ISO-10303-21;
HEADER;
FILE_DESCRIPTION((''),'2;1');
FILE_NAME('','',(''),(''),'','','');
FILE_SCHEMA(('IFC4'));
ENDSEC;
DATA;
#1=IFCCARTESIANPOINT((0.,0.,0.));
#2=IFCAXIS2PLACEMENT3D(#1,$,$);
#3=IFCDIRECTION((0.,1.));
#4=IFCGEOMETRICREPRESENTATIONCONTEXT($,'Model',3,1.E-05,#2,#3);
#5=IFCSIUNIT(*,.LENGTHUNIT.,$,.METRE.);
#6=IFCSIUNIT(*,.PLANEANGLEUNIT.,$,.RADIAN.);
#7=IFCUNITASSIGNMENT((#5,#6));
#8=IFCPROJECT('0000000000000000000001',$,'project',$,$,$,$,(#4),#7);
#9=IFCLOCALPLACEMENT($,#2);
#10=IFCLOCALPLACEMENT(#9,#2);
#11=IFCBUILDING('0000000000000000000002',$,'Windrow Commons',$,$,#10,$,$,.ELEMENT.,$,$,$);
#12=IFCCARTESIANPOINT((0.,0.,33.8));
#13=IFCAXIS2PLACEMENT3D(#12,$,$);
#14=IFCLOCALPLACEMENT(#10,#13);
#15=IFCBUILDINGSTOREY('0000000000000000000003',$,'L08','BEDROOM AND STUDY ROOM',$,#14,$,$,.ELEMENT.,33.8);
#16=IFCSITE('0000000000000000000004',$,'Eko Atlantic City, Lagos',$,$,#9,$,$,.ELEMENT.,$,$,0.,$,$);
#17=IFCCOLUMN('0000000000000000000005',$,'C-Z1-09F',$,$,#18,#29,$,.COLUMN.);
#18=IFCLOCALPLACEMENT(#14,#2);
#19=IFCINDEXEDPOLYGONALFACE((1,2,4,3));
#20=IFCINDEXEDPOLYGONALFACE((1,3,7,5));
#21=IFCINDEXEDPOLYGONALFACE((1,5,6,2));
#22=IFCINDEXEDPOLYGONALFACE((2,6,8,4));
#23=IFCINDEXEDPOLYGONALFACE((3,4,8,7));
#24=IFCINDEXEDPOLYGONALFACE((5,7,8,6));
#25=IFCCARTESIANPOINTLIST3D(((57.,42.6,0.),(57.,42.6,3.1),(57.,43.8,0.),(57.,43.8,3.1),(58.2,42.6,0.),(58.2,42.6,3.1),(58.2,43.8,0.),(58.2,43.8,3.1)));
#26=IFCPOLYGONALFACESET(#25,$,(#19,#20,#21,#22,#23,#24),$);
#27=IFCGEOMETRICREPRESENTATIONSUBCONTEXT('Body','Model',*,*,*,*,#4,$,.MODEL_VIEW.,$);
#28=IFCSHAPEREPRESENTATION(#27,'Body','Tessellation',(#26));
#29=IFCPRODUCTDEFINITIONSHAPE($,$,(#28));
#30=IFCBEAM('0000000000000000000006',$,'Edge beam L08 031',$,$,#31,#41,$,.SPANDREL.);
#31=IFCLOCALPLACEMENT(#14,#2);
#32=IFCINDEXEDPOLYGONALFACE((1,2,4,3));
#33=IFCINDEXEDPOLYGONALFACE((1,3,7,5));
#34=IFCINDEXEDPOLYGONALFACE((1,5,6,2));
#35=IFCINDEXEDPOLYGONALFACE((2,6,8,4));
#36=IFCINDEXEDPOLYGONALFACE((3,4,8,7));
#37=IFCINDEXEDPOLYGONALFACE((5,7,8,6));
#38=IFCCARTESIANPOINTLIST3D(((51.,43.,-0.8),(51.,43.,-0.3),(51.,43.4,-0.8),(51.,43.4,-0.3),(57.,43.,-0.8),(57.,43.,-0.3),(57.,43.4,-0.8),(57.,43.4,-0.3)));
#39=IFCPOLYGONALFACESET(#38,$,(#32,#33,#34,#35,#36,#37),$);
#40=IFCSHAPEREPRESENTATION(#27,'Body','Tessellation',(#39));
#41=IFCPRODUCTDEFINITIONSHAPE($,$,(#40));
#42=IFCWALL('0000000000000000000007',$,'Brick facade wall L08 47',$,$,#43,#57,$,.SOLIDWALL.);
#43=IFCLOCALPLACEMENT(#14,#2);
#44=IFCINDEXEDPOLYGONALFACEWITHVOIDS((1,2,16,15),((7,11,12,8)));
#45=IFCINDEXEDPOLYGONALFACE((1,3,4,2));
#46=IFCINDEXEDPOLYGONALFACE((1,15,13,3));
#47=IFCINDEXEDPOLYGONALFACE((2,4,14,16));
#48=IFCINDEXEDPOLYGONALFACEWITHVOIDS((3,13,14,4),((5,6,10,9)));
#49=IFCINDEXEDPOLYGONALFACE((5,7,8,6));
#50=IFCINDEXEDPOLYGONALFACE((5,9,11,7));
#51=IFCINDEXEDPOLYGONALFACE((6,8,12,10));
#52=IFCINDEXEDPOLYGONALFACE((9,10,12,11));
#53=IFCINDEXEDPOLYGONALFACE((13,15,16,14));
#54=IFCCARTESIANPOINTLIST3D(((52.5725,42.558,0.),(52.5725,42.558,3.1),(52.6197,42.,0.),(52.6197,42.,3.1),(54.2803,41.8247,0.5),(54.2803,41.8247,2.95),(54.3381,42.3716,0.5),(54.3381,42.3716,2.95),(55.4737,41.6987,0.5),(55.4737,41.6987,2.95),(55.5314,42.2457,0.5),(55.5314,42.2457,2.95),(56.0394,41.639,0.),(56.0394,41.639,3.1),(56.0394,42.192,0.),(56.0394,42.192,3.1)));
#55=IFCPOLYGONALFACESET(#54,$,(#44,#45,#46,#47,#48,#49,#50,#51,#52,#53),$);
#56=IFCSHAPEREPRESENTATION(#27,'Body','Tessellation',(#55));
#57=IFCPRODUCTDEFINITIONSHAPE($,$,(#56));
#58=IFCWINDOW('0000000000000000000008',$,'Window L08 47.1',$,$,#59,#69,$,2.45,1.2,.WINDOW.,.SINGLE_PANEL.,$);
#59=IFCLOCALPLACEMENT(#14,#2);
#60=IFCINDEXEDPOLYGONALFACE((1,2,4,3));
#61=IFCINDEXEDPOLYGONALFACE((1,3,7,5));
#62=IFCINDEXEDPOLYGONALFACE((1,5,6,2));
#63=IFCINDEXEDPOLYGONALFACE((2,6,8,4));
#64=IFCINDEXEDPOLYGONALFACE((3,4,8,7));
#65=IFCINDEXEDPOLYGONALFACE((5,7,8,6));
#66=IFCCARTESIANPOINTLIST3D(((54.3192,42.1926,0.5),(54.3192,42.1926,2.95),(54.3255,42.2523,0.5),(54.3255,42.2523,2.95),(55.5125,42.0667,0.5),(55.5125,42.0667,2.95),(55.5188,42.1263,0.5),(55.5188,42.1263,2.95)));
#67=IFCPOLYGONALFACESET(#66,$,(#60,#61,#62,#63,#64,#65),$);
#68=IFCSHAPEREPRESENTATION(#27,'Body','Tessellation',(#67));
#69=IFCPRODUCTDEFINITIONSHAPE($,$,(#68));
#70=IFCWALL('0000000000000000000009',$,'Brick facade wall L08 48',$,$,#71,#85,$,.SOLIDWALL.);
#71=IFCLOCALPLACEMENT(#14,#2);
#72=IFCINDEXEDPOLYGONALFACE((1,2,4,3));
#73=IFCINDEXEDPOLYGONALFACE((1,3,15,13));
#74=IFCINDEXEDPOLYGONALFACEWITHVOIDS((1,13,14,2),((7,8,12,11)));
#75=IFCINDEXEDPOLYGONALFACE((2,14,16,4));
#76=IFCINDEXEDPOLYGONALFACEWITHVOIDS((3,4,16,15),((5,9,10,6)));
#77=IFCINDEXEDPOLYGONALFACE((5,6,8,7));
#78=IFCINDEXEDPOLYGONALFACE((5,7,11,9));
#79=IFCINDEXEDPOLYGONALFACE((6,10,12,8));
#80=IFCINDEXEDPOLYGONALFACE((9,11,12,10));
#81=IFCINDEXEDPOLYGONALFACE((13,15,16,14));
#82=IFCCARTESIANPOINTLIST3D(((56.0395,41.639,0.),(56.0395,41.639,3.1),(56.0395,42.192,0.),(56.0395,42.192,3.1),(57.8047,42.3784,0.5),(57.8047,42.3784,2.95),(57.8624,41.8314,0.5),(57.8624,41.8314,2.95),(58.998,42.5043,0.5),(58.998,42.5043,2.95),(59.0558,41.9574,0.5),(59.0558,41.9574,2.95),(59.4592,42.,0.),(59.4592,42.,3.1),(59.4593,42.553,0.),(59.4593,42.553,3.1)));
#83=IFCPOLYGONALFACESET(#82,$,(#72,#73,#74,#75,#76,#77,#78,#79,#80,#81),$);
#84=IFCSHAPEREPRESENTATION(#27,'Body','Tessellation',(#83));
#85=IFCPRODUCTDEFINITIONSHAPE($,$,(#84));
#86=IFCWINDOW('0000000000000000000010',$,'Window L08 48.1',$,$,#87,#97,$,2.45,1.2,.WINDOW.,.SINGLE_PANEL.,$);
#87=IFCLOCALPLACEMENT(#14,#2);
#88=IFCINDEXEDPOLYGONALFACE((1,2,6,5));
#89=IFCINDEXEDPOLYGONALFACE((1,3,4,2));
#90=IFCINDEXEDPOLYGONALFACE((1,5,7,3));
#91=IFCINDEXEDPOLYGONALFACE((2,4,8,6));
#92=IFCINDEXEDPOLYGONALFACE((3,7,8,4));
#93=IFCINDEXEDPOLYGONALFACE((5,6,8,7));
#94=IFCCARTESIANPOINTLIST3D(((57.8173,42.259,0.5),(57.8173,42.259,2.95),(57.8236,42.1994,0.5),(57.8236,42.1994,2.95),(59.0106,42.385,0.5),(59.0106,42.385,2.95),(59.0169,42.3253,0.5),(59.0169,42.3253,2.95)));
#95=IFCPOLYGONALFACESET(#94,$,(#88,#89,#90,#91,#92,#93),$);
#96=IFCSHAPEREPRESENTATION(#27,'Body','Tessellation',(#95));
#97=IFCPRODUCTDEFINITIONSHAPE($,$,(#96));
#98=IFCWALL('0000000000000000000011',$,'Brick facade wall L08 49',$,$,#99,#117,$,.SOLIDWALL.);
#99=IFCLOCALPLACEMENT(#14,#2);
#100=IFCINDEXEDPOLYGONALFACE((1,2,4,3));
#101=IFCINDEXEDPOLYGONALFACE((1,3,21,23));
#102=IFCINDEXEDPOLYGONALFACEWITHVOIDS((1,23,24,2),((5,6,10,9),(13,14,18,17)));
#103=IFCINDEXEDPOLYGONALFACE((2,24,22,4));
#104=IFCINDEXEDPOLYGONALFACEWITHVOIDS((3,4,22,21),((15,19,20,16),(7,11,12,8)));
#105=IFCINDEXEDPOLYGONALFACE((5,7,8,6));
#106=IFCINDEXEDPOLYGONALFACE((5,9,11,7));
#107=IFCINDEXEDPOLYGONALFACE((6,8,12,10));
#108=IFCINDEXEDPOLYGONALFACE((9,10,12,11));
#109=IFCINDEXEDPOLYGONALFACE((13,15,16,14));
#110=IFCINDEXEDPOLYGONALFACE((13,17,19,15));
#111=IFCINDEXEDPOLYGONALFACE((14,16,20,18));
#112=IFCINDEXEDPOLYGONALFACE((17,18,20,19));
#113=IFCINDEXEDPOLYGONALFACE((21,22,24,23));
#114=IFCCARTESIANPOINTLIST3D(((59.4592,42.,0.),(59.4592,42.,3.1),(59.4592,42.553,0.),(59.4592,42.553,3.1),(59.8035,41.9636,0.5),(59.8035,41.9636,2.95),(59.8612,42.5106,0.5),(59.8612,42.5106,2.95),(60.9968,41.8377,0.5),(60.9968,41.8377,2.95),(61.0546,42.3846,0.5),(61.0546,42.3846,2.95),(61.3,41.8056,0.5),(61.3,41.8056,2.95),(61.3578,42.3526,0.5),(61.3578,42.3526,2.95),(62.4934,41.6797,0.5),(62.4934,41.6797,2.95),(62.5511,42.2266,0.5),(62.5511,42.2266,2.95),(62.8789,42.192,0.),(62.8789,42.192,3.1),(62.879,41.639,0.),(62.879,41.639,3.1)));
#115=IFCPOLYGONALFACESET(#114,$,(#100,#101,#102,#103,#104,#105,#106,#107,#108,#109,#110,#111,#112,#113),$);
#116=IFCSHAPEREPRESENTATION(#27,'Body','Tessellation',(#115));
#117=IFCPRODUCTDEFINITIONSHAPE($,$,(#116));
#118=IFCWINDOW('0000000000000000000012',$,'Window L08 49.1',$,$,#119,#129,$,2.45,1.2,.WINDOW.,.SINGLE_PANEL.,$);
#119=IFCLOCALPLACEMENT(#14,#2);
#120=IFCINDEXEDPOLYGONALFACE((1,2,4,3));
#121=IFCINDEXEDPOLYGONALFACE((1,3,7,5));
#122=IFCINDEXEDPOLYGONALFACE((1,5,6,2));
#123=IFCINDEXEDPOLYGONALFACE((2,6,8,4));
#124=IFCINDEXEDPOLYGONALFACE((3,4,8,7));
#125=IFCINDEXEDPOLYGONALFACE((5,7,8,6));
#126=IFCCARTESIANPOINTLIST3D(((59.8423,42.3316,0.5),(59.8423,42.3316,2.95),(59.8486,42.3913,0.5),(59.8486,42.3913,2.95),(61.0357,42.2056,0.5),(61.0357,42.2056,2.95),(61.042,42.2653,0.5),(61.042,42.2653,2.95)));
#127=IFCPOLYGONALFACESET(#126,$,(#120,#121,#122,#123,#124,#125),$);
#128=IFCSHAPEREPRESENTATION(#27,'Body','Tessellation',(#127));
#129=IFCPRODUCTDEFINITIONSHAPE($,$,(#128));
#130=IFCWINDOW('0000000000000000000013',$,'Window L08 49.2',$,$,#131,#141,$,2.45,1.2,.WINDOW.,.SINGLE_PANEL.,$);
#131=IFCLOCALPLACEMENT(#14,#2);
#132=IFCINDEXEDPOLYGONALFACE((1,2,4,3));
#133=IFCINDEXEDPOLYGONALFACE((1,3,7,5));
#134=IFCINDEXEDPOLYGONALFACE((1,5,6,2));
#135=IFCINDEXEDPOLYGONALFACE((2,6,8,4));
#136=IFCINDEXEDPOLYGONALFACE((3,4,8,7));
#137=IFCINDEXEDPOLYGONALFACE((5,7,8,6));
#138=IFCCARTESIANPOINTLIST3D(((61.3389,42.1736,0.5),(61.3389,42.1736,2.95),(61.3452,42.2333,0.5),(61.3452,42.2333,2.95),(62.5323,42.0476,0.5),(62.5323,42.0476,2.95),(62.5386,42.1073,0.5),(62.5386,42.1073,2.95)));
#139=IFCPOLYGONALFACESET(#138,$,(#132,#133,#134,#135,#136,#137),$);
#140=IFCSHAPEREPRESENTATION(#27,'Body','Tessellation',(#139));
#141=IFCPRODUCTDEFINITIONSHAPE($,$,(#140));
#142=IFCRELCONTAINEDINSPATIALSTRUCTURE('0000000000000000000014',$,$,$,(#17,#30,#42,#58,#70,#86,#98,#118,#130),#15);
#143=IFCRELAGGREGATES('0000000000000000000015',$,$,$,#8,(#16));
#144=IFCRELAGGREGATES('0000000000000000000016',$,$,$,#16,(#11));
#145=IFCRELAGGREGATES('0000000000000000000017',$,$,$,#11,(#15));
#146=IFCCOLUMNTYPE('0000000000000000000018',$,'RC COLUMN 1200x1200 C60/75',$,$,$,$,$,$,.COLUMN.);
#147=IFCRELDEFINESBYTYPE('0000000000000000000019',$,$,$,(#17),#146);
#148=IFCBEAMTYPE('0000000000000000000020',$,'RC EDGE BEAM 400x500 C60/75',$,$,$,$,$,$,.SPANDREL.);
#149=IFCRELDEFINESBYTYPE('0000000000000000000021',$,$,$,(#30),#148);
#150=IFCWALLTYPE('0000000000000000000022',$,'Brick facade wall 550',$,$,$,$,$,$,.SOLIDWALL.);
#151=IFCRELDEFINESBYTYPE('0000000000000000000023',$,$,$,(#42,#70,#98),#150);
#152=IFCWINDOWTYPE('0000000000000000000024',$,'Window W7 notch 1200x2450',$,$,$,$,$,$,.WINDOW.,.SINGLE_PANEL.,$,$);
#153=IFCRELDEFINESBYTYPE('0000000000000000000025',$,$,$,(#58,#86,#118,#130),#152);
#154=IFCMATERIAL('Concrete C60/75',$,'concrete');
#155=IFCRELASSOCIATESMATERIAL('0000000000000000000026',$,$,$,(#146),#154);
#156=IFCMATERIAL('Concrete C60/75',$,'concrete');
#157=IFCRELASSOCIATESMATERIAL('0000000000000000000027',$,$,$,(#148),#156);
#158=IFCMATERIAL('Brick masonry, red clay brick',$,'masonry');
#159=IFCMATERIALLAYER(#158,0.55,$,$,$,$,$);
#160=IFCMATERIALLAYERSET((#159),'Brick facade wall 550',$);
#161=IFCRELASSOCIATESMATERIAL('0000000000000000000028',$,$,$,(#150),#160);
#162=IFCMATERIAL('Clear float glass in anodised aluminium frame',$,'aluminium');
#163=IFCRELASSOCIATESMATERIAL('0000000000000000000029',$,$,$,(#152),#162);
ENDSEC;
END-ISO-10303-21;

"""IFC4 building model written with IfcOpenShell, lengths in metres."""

from ifc_helpers import new_model, si_unit, direction, frame, frame_2d, origin, origin_2d, place, context, subcontext, project, spatial, polyline, rectangle, outline, extrude, material, layer, layer_set, material_profile, profile_set, type_object, element, fill, save


model = new_model("IFC4")

# Units and contexts
model_context = context("Model", 3, precision=1e-05, world=origin(), true_north=direction((0.0, 1.0)))
body_context = subcontext(model_context, "Body", "Model", "MODEL_VIEW")
ifc_project = project(units=[si_unit("LENGTHUNIT", "METRE"), si_unit("PLANEANGLEUNIT", "RADIAN")], contexts=[model_context])

# Site, building, storey
site_placement = place(None, origin())
site = spatial("IfcSite", under=ifc_project, at=site_placement, Name="Eko Atlantic City, Lagos", CompositionType="ELEMENT", RefElevation=0.0)
building_placement = place(site_placement, origin())
building = spatial("IfcBuilding", under=site, at=building_placement, Name="Windrow Commons", CompositionType="ELEMENT")
storey_placement = place(building_placement, frame((0.0, 0.0, 33.8)))
storey = spatial("IfcBuildingStorey", under=building, at=storey_placement, Name="L08", Description="BEDROOM AND STUDY ROOM", CompositionType="ELEMENT", Elevation=33.8)

# Column
ifc_material_1 = material(Name="Concrete C60/75", Category="concrete")
ifc_material_profile_1 = material_profile(ifc_material_1, rectangle(XDim=1.2, YDim=1.2, at=origin_2d()))
ifc_profile_set_1 = profile_set([ifc_material_profile_1], Name="Concrete C60/75")
column_type = type_object("IfcColumnType", Name="RC COLUMN 1200x1200 C60/75", PredefinedType="COLUMN", material=ifc_profile_set_1)
column_placement = place(storey_placement, frame((57.6, 43.2, 0.0), z_axis=(0.0, 0.0, 1.0), x_axis=(1.0, 0.0, 0.0)))
element("IfcColumn", 1, at=column_placement, inside=storey, type_object=column_type, Name="C-Z1-09F", PredefinedType="COLUMN", context=body_context, shape_type="SweptSolid", body=[
    extrude(rectangle(XDim=1.2, YDim=1.2, at=origin_2d()), origin(), (0.0, 0.0, 1.0), 3.1),
])

# Beam
ifc_material_2 = material(Name="Concrete C60/75", Category="concrete")
ifc_material_profile_2 = material_profile(ifc_material_2, rectangle(XDim=0.4, YDim=0.5, at=origin_2d()))
ifc_profile_set_2 = profile_set([ifc_material_profile_2], Name="Concrete C60/75")
beam_type = type_object("IfcBeamType", Name="RC EDGE BEAM 400x500 C60/75", PredefinedType="SPANDREL", material=ifc_profile_set_2)
beam_placement = place(storey_placement, frame((57.0, 43.2, -0.55), z_axis=(-1.0, 0.0, 0.0), x_axis=(0.0, -1.0, 0.0)))
element("IfcBeam", 2, at=beam_placement, inside=storey, type_object=beam_type, Name="Edge beam L08 031", PredefinedType="SPANDREL", context=body_context, shape_type="SweptSolid", body=[
    extrude(rectangle(XDim=0.4, YDim=0.5, at=origin_2d()), origin(), (0.0, 0.0, 1.0), 6.0),
])

# Walls, openings, windows
ifc_material_3 = material(Name="Brick masonry, red clay brick", Category="masonry")
ifc_layer_1 = layer(ifc_material_3, 0.55)
ifc_layer_set_1 = layer_set([ifc_layer_1], Name="Brick facade wall 550")
wall_type_1 = type_object("IfcWallType", Name="Brick facade wall 550", PredefinedType="SOLIDWALL", material=ifc_layer_set_1)
wall_1_placement = place(storey_placement, frame((52.5961, 42.279, 0.0), z_axis=(0.0, 0.0, 1.0), x_axis=(0.994474, -0.104981, 0.0)))
wall_1 = element("IfcWall", 3, at=wall_1_placement, inside=storey, type_object=wall_type_1, Name="Brick facade wall L08 47", PredefinedType="SOLIDWALL", context=body_context, shape_type="SweptSolid", body=[
    extrude(outline(polyline([(0.0528, -0.275), (3.4915, -0.275), (3.4334, 0.275), (-0.0528, 0.275), (0.0528, -0.275)])), origin(), (0.0, 0.0, 1.0), 3.1),
])
opening_1_placement = place(wall_1_placement, frame((1.7226, 0.0, 0.5)))
opening_1 = element("IfcOpeningElement", 4, at=opening_1_placement, cuts=wall_1, PredefinedType="OPENING", context=body_context, shape_type="SweptSolid", body=[
    extrude(rectangle(XDim=1.2, YDim=2.45, at=frame_2d((0.6, 1.225))), frame((0.0, 0.285, 0.0), z_axis=(0.0, -1.0, 0.0), x_axis=(1.0, 0.0, 0.0)), (0.0, 0.0, 1.0), 0.57),
])
ifc_material_4 = material(Name="Clear float glass in anodised aluminium frame", Category="aluminium")
window_type = type_object("IfcWindowType", Name="Window W7 notch 1200x2450", PartitioningType="SINGLE_PANEL", PredefinedType="WINDOW", material=ifc_material_4)
window_1_placement = place(opening_1_placement, origin())
window_1 = element("IfcWindow", 5, at=window_1_placement, inside=storey, type_object=window_type, Name="Window L08 47.1", OverallHeight=2.45, OverallWidth=1.2, PartitioningType="SINGLE_PANEL", PredefinedType="WINDOW", context=body_context, shape_type="SweptSolid", body=[
    extrude(rectangle(XDim=1.2, YDim=2.45, at=frame_2d((0.6, 1.225))), frame((0.0, 0.155, 0.0), z_axis=(0.0, -1.0, 0.0), x_axis=(1.0, 0.0, 0.0)), (0.0, 0.0, 1.0), 0.06),
])
fill(opening_1, window_1)
wall_2_placement = place(storey_placement, frame((56.0395, 41.9155, 0.0), z_axis=(0.0, 0.0, 1.0), x_axis=(0.994474, 0.104981, 0.0)))
wall_2 = element("IfcWall", 6, at=wall_2_placement, inside=storey, type_object=wall_type_1, Name="Brick facade wall L08 48", PredefinedType="SOLIDWALL", context=body_context, shape_type="SweptSolid", body=[
    extrude(outline(polyline([(-0.029, -0.275), (3.4097, -0.275), (3.4678, 0.275), (0.029, 0.275), (-0.029, -0.275)])), origin(), (0.0, 0.0, 1.0), 3.1),
])
opening_2_placement = place(wall_2_placement, frame((1.804, 0.0, 0.5)))
opening_2 = element("IfcOpeningElement", 7, at=opening_2_placement, cuts=wall_2, PredefinedType="OPENING", context=body_context, shape_type="SweptSolid", body=[
    extrude(rectangle(XDim=1.2, YDim=2.45, at=frame_2d((0.6, 1.225))), frame((0.0, 0.285, 0.0), z_axis=(0.0, -1.0, 0.0), x_axis=(1.0, 0.0, 0.0)), (0.0, 0.0, 1.0), 0.57),
])
window_2_placement = place(opening_2_placement, origin())
window_2 = element("IfcWindow", 8, at=window_2_placement, inside=storey, type_object=window_type, Name="Window L08 48.1", OverallHeight=2.45, OverallWidth=1.2, PartitioningType="SINGLE_PANEL", PredefinedType="WINDOW", context=body_context, shape_type="SweptSolid", body=[
    extrude(rectangle(XDim=1.2, YDim=2.45, at=frame_2d((0.6, 1.225))), frame((0.0, 0.155, 0.0), z_axis=(0.0, -1.0, 0.0), x_axis=(1.0, 0.0, 0.0)), (0.0, 0.0, 1.0), 0.06),
])
fill(opening_2, window_2)

# Wall, openings, windows
wall_3_placement = place(storey_placement, frame((59.4592, 42.2765, 0.0), z_axis=(0.0, 0.0, 1.0), x_axis=(0.994474, -0.104981, 0.0)))
wall_3 = element("IfcWall", 9, at=wall_3_placement, inside=storey, type_object=wall_type_1, Name="Brick facade wall L08 49", PredefinedType="SOLIDWALL", context=body_context, shape_type="SweptSolid", body=[
    extrude(outline(polyline([(0.029, -0.275), (3.4678, -0.275), (3.4097, 0.275), (-0.029, 0.275), (0.029, -0.275)])), origin(), (0.0, 0.0, 1.0), 3.1),
])
opening_3_placement = place(wall_3_placement, frame((0.3752, 0.0, 0.5)))
opening_3 = element("IfcOpeningElement", 10, at=opening_3_placement, cuts=wall_3, PredefinedType="OPENING", context=body_context, shape_type="SweptSolid", body=[
    extrude(rectangle(XDim=1.2, YDim=2.45, at=frame_2d((0.6, 1.225))), frame((0.0, 0.285, 0.0), z_axis=(0.0, -1.0, 0.0), x_axis=(1.0, 0.0, 0.0)), (0.0, 0.0, 1.0), 0.57),
])
opening_4_placement = place(wall_3_placement, frame((1.8801, 0.0, 0.5)))
opening_4 = element("IfcOpeningElement", 11, at=opening_4_placement, cuts=wall_3, PredefinedType="OPENING", context=body_context, shape_type="SweptSolid", body=[
    extrude(rectangle(XDim=1.2, YDim=2.45, at=frame_2d((0.6, 1.225))), frame((0.0, 0.285, 0.0), z_axis=(0.0, -1.0, 0.0), x_axis=(1.0, 0.0, 0.0)), (0.0, 0.0, 1.0), 0.57),
])
window_3_placement = place(opening_3_placement, origin())
window_3 = element("IfcWindow", 12, at=window_3_placement, inside=storey, type_object=window_type, Name="Window L08 49.1", OverallHeight=2.45, OverallWidth=1.2, PartitioningType="SINGLE_PANEL", PredefinedType="WINDOW", context=body_context, shape_type="SweptSolid", body=[
    extrude(rectangle(XDim=1.2, YDim=2.45, at=frame_2d((0.6, 1.225))), frame((0.0, 0.155, 0.0), z_axis=(0.0, -1.0, 0.0), x_axis=(1.0, 0.0, 0.0)), (0.0, 0.0, 1.0), 0.06),
])
fill(opening_3, window_3)
window_4_placement = place(opening_4_placement, origin())
window_4 = element("IfcWindow", 13, at=window_4_placement, inside=storey, type_object=window_type, Name="Window L08 49.2", OverallHeight=2.45, OverallWidth=1.2, PartitioningType="SINGLE_PANEL", PredefinedType="WINDOW", context=body_context, shape_type="SweptSolid", body=[
    extrude(rectangle(XDim=1.2, YDim=2.45, at=frame_2d((0.6, 1.225))), frame((0.0, 0.155, 0.0), z_axis=(0.0, -1.0, 0.0), x_axis=(1.0, 0.0, 0.0)), (0.0, 0.0, 1.0), 0.06),
])
fill(opening_4, window_4)

save(model, "model.ifc")
